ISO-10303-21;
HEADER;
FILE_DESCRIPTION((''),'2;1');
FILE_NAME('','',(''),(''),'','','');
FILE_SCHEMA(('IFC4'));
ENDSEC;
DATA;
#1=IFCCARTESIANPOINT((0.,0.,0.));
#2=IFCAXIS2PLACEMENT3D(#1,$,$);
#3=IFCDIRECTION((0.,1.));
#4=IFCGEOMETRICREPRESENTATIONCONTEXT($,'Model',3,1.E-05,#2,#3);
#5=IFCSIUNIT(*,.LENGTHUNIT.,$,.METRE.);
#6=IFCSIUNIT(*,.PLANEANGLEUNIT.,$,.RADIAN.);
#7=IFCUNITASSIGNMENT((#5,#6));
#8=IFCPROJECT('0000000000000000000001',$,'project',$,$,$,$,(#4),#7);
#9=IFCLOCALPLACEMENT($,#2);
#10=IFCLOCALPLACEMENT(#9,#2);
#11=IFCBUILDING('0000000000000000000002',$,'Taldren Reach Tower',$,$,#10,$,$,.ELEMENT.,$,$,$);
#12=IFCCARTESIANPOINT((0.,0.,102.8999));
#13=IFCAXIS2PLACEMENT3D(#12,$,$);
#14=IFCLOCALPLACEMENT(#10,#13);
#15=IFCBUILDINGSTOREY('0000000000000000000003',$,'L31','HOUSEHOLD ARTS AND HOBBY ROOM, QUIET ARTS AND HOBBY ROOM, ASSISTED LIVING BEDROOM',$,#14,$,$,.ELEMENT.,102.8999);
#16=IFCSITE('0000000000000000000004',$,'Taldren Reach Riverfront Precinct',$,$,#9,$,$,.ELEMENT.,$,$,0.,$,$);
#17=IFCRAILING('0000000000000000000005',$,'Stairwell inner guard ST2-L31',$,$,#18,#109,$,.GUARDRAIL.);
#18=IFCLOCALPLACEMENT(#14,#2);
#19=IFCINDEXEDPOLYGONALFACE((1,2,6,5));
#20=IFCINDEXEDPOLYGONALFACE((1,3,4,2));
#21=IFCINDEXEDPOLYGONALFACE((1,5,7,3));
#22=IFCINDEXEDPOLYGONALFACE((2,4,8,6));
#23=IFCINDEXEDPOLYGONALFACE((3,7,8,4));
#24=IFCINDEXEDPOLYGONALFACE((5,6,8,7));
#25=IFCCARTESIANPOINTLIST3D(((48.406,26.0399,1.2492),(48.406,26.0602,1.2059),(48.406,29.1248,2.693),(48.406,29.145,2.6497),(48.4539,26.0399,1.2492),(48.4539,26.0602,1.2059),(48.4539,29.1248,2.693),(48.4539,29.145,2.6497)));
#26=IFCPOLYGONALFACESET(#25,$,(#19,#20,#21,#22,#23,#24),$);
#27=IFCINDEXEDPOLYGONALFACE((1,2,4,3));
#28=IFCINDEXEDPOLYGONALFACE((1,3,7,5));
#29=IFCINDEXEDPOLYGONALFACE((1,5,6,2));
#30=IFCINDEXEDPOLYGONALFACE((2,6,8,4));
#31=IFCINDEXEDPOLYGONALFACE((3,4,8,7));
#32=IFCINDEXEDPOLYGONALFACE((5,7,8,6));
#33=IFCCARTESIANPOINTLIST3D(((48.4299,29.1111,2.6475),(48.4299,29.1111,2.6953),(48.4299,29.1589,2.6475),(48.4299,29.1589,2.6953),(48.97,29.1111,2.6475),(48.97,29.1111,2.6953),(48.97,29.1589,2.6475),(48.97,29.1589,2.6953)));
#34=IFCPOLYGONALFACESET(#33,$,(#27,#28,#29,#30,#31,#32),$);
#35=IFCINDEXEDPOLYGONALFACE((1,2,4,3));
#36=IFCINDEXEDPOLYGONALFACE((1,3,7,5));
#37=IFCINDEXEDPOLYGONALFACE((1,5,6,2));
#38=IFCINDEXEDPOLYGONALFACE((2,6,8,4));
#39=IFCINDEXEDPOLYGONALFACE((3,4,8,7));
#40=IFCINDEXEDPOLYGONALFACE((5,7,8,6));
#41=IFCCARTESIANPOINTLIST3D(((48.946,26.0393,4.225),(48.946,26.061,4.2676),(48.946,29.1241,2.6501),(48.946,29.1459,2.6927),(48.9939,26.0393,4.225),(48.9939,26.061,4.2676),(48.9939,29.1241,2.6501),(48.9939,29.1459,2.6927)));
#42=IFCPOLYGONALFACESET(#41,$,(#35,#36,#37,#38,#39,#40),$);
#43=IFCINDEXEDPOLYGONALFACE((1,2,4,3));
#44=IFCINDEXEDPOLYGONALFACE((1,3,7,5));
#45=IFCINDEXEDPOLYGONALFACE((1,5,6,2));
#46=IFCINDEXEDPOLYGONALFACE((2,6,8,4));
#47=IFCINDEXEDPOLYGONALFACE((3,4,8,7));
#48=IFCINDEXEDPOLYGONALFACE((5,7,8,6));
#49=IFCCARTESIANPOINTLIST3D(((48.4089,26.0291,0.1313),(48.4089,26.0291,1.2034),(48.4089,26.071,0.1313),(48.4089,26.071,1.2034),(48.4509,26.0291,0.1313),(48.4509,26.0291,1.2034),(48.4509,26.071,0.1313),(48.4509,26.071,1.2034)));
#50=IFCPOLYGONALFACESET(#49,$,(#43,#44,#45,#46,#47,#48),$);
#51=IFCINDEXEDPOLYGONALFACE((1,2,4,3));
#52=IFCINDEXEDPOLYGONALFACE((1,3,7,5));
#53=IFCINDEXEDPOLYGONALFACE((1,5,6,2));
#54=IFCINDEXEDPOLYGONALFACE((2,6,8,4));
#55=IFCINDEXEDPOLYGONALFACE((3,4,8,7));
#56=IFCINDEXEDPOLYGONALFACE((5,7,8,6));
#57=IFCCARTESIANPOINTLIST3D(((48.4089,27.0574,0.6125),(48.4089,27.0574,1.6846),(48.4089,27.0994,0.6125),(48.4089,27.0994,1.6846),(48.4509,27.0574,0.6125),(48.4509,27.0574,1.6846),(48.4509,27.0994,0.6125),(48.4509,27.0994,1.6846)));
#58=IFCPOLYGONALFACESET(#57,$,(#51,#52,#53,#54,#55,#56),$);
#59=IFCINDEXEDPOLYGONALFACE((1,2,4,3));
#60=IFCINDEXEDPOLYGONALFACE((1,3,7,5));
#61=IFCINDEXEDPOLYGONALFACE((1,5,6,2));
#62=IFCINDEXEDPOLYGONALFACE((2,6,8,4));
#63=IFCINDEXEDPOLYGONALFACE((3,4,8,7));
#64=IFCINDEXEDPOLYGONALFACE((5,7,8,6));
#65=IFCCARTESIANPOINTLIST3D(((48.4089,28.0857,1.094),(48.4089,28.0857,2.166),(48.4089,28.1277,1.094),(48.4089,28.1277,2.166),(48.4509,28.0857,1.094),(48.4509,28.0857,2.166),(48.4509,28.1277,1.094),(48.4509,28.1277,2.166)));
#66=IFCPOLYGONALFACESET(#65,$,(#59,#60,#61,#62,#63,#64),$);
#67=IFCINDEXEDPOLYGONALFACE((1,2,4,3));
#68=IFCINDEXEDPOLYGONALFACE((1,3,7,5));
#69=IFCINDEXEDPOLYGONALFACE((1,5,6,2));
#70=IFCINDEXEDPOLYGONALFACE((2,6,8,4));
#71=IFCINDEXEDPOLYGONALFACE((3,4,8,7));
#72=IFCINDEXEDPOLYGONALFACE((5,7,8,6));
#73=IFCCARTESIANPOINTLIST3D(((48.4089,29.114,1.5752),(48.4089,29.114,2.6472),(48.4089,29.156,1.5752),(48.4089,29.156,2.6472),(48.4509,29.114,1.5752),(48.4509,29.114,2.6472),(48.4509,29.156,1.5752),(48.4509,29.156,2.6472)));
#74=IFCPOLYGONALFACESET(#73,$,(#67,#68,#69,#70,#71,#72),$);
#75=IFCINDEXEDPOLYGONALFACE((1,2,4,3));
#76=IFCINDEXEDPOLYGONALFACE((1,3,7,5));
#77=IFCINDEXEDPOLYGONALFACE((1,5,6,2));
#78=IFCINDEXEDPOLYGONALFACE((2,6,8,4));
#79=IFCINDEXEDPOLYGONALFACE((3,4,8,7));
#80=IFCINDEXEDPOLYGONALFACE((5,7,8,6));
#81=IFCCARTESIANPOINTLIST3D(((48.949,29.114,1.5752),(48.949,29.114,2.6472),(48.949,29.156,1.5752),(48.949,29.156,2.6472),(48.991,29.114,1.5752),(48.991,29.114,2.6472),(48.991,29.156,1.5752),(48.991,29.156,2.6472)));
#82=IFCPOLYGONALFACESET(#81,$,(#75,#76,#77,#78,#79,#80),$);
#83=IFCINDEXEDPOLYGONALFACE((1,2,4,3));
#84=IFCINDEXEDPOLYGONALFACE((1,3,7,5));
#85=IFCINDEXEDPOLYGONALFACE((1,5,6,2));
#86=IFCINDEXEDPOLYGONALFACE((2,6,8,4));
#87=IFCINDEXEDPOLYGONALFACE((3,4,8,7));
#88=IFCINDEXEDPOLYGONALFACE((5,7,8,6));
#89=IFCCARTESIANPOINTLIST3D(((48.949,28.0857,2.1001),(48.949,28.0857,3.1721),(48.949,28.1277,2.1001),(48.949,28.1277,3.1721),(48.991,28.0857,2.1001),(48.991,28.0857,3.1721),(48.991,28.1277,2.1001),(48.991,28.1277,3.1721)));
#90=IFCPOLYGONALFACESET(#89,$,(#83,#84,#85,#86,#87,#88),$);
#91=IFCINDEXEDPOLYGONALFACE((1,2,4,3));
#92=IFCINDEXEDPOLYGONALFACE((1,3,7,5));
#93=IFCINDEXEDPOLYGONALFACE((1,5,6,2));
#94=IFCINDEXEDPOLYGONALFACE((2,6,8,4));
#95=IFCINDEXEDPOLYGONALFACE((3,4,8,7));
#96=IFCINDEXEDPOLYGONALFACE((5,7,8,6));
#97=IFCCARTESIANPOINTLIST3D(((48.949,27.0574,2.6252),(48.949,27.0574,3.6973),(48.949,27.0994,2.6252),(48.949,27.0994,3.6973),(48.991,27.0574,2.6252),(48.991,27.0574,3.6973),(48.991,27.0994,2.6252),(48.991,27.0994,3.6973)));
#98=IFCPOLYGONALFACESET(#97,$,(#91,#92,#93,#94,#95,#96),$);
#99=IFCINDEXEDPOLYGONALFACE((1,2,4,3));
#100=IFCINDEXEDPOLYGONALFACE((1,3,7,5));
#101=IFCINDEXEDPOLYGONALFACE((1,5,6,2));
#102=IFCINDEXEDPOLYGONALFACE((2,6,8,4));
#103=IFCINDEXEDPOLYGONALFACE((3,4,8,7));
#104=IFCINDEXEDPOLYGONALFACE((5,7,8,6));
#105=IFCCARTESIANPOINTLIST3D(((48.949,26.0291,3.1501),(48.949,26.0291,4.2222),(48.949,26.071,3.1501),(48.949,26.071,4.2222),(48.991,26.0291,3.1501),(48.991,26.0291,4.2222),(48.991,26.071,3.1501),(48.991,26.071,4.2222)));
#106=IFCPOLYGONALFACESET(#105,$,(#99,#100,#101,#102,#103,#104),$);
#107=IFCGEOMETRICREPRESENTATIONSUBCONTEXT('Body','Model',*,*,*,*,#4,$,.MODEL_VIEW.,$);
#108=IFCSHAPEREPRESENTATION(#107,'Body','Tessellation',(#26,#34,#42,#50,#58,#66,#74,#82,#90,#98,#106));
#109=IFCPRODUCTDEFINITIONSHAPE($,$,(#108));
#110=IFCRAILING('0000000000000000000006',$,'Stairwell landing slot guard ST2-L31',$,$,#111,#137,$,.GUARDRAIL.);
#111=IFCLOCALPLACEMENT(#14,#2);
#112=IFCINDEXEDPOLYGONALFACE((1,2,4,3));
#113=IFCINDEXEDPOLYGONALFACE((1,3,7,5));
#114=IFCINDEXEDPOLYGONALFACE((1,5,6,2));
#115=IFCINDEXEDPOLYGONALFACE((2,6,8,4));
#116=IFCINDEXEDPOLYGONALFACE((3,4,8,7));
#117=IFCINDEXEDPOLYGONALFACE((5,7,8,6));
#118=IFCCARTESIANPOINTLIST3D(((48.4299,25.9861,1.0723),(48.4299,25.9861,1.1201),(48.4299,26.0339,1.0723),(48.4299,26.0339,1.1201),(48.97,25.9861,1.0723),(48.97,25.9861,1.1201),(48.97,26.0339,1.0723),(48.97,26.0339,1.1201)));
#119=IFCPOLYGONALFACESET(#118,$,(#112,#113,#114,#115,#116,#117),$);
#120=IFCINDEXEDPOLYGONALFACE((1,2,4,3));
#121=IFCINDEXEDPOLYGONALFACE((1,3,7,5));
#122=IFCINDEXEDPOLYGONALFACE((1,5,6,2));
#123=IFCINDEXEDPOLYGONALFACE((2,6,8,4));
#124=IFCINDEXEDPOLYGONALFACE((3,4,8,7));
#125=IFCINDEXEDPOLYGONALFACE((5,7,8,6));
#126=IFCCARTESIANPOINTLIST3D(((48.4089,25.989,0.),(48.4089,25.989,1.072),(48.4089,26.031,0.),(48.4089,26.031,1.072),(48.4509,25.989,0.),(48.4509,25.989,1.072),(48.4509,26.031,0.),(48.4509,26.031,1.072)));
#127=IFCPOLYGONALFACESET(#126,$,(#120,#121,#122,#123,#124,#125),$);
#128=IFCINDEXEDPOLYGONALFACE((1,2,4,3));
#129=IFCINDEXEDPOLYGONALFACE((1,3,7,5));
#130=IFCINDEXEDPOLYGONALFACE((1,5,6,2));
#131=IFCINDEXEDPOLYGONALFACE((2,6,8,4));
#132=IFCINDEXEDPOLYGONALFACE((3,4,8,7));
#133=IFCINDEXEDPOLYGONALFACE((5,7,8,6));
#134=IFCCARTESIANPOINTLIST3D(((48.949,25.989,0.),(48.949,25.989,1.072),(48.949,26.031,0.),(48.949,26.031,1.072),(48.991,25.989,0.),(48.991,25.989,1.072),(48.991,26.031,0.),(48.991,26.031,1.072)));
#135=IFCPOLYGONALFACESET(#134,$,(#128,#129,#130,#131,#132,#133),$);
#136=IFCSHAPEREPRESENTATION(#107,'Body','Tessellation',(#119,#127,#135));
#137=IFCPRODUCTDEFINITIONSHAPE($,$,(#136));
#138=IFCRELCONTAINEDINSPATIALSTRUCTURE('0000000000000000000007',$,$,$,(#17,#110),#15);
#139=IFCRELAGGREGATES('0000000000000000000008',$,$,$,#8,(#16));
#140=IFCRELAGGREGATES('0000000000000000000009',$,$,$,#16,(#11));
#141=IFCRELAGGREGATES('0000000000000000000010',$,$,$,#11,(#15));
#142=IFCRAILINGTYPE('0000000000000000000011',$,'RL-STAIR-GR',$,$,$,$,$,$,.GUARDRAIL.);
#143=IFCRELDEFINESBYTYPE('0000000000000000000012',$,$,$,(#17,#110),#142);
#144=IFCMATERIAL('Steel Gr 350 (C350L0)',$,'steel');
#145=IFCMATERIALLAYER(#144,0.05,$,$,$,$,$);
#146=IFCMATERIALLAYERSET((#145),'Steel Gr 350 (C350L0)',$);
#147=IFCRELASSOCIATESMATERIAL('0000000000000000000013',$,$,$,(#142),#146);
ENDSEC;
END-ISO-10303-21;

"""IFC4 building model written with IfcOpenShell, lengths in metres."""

from ifc_helpers import new_model, si_unit, direction, frame, origin, origin_2d, place, context, subcontext, project, spatial, rectangle, extrude, material, layer, layer_set, type_object, element, save


model = new_model("IFC4")

# Units and contexts
model_context = context("Model", 3, precision=1e-05, world=origin(), true_north=direction((0.0, 1.0)))
body_context = subcontext(model_context, "Body", "Model", "MODEL_VIEW")
ifc_project = project(units=[si_unit("LENGTHUNIT", "METRE"), si_unit("PLANEANGLEUNIT", "RADIAN")], contexts=[model_context])

# Site, building, storey
site_placement = place(None, origin())
site = spatial("IfcSite", under=ifc_project, at=site_placement, Name="Taldren Reach Riverfront Precinct", CompositionType="ELEMENT", RefElevation=0.0)
building_placement = place(site_placement, origin())
building = spatial("IfcBuilding", under=site, at=building_placement, Name="Taldren Reach Tower", CompositionType="ELEMENT")
storey_placement = place(building_placement, frame((0.0, 0.0, 102.8999)))
storey = spatial("IfcBuildingStorey", under=building, at=storey_placement, Name="L31", Description="HOUSEHOLD ARTS AND HOBBY ROOM, QUIET ARTS AND HOBBY ROOM, ASSISTED LIVING BEDROOM", CompositionType="ELEMENT", Elevation=102.8999)

# Shared definitions
ifc_material_1 = material(Name="Steel Gr 350 (C350L0)", Category="steel")

# Railings
ifc_layer_1 = layer(ifc_material_1, 0.05)
ifc_layer_set_1 = layer_set([ifc_layer_1], Name="Steel Gr 350 (C350L0)")
railing_type_1 = type_object("IfcRailingType", Name="RL-STAIR-GR", PredefinedType="GUARDRAIL", material=ifc_layer_set_1)
railing_1_placement = place(storey_placement, frame((48.4299, 26.05, 0.1313)))
element("IfcRailing", 1, at=railing_1_placement, inside=storey, type_object=railing_type_1, Name="Stairwell inner guard ST2-L31", PredefinedType="GUARDRAIL", context=body_context, shape_type="SweptSolid", body=[
    extrude(rectangle(XDim=0.0479, YDim=0.0479, at=origin_2d()), frame((0.0, 0.0, 1.0962), z_axis=(0.0, 0.90571, 0.423898), x_axis=(-1.0, 0.0, 0.0)), (0.0, 0.0, 1.0), 3.406),
    extrude(rectangle(XDim=0.0479, YDim=0.0479, at=origin_2d()), frame((0.0, 3.085, 2.54), z_axis=(1.0, 0.0, 0.0), x_axis=(0.0, 1.0, 0.0)), (0.0, 0.0, 1.0), 0.54),
    extrude(rectangle(XDim=0.0479, YDim=0.0479, at=origin_2d()), frame((0.54, 3.085, 2.54), z_axis=(0.0, -0.890646, 0.454697), x_axis=(1.0, 0.0, 0.0)), (0.0, 0.0, 1.0), 3.4636),
    extrude(rectangle(XDim=0.042, YDim=0.042, at=origin_2d()), origin(), (0.0, 0.0, 1.0), 1.072),
    extrude(rectangle(XDim=0.042, YDim=0.042, at=origin_2d()), frame((0.0, 1.0283, 0.4812)), (0.0, 0.0, 1.0), 1.072),
    extrude(rectangle(XDim=0.042, YDim=0.042, at=origin_2d()), frame((0.0, 2.0566, 0.9626)), (0.0, 0.0, 1.0), 1.072),
    extrude(rectangle(XDim=0.042, YDim=0.042, at=origin_2d()), frame((0.0, 3.085, 1.4438)), (0.0, 0.0, 1.0), 1.072),
    extrude(rectangle(XDim=0.042, YDim=0.042, at=origin_2d()), frame((0.54, 3.085, 1.4438)), (0.0, 0.0, 1.0), 1.072),
    extrude(rectangle(XDim=0.042, YDim=0.042, at=origin_2d()), frame((0.54, 2.0566, 1.9688)), (0.0, 0.0, 1.0), 1.072),
    extrude(rectangle(XDim=0.042, YDim=0.042, at=origin_2d()), frame((0.54, 1.0283, 2.4939)), (0.0, 0.0, 1.0), 1.072),
    extrude(rectangle(XDim=0.042, YDim=0.042, at=origin_2d()), frame((0.54, 0.0, 3.0188)), (0.0, 0.0, 1.0), 1.072),
])
railing_2_placement = place(storey_placement, frame((48.4299, 26.01, 0.0)))
element("IfcRailing", 2, at=railing_2_placement, inside=storey, type_object=railing_type_1, Name="Stairwell landing slot guard ST2-L31", PredefinedType="GUARDRAIL", context=body_context, shape_type="SweptSolid", body=[
    extrude(rectangle(XDim=0.0479, YDim=0.0479, at=origin_2d()), frame((0.0, 0.0, 1.0962), z_axis=(1.0, 0.0, 0.0), x_axis=(0.0, 1.0, 0.0)), (0.0, 0.0, 1.0), 0.54),
    extrude(rectangle(XDim=0.042, YDim=0.042, at=origin_2d()), origin(), (0.0, 0.0, 1.0), 1.072),
    extrude(rectangle(XDim=0.042, YDim=0.042, at=origin_2d()), frame((0.54, 0.0, 0.0)), (0.0, 0.0, 1.0), 1.072),
])

save(model, "model.ifc")
